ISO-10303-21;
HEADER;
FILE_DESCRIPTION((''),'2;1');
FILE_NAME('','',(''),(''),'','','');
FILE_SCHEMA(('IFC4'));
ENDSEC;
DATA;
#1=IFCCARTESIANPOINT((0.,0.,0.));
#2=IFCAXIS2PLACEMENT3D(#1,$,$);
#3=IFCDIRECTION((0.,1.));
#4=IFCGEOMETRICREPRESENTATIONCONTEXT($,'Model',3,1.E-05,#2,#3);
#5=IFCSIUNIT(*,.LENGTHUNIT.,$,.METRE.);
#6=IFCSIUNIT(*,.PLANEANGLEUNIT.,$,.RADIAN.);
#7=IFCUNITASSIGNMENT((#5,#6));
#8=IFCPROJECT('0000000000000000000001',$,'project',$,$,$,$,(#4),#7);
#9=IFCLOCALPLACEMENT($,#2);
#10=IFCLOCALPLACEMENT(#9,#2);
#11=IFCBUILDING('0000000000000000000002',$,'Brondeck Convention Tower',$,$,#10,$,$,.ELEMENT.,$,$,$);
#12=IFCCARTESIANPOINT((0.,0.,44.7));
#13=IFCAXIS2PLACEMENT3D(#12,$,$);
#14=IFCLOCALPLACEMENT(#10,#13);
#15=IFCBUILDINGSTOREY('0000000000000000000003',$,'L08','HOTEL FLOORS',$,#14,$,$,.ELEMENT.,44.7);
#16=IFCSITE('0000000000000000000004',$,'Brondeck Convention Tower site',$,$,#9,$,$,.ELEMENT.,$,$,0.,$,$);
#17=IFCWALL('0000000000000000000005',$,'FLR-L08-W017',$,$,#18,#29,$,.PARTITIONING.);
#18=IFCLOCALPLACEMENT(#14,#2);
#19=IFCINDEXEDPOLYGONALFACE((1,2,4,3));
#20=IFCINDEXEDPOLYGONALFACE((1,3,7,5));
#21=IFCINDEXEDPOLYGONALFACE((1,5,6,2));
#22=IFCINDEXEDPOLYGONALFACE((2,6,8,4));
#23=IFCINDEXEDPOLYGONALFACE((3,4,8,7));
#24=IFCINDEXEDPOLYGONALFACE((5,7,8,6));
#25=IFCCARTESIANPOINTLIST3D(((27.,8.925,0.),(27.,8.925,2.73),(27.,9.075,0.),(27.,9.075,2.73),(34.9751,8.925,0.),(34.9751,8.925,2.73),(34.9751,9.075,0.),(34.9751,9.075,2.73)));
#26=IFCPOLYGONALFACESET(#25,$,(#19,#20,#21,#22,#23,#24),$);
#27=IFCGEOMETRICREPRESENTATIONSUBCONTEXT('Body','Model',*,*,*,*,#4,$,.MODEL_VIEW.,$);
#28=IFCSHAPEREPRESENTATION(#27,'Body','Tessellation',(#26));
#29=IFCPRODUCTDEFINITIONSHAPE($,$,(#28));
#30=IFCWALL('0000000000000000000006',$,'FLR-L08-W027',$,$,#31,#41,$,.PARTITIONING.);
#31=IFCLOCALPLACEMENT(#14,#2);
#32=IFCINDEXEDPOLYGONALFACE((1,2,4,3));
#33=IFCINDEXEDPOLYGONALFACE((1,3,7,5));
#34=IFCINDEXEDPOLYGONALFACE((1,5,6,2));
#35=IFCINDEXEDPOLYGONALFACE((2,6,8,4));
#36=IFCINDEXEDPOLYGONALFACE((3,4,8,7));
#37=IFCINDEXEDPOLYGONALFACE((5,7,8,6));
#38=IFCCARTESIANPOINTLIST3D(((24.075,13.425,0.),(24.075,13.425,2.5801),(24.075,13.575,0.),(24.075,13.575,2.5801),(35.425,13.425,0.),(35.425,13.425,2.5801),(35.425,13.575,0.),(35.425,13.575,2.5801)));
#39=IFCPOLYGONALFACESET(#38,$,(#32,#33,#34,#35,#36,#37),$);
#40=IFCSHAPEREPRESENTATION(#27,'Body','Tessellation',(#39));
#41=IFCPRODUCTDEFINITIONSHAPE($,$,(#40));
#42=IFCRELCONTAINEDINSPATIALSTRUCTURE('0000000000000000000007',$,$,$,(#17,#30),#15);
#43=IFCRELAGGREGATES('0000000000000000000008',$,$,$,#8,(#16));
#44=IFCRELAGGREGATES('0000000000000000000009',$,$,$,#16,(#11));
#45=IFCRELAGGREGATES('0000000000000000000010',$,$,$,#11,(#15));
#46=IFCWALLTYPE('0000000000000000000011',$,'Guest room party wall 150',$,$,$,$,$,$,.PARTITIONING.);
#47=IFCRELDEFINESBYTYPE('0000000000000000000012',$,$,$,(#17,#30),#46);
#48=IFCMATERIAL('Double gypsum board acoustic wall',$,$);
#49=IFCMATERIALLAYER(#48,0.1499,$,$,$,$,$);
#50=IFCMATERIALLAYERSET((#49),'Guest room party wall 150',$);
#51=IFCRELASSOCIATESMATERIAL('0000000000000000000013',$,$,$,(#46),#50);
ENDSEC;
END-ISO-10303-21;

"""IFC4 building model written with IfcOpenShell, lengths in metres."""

from ifc_helpers import new_model, si_unit, direction, frame, frame_2d, origin, place, context, subcontext, project, spatial, rectangle, extrude, material, layer, layer_set, type_object, element, save


model = new_model("IFC4")

# Units and contexts
model_context = context("Model", 3, precision=1e-05, world=origin(), true_north=direction((0.0, 1.0)))
body_context = subcontext(model_context, "Body", "Model", "MODEL_VIEW")
ifc_project = project(units=[si_unit("LENGTHUNIT", "METRE"), si_unit("PLANEANGLEUNIT", "RADIAN")], contexts=[model_context])

# Site, building, storey
site_placement = place(None, origin())
site = spatial("IfcSite", under=ifc_project, at=site_placement, Name="Brondeck Convention Tower site", CompositionType="ELEMENT", RefElevation=0.0)
building_placement = place(site_placement, origin())
building = spatial("IfcBuilding", under=site, at=building_placement, Name="Brondeck Convention Tower", CompositionType="ELEMENT")
storey_placement = place(building_placement, frame((0.0, 0.0, 44.7)))
storey = spatial("IfcBuildingStorey", under=building, at=storey_placement, Name="L08", Description="HOTEL FLOORS", CompositionType="ELEMENT", Elevation=44.7)

# Walls
ifc_material_1 = material(Name="Double gypsum board acoustic wall")
ifc_layer_1 = layer(ifc_material_1, 0.1499)
ifc_layer_set_1 = layer_set([ifc_layer_1], Name="Guest room party wall 150")
wall_type_1 = type_object("IfcWallType", Name="Guest room party wall 150", PredefinedType="PARTITIONING", material=ifc_layer_set_1)
wall_1_placement = place(storey_placement, frame((34.9751, 9.0, 0.0), z_axis=(0.0, 0.0, 1.0), x_axis=(-1.0, 0.0, 0.0)))
element("IfcWall", 1, at=wall_1_placement, inside=storey, type_object=wall_type_1, Name="FLR-L08-W017", PredefinedType="PARTITIONING", context=body_context, shape_type="SweptSolid", body=[
    extrude(rectangle(XDim=7.9751, YDim=0.1499, at=frame_2d((3.9875, 0.0))), origin(), (0.0, 0.0, 1.0), 2.73),
])
wall_2_placement = place(storey_placement, frame((35.425, 13.5, 0.0), z_axis=(0.0, 0.0, 1.0), x_axis=(-1.0, 0.0, 0.0)))
element("IfcWall", 2, at=wall_2_placement, inside=storey, type_object=wall_type_1, Name="FLR-L08-W027", PredefinedType="PARTITIONING", context=body_context, shape_type="SweptSolid", body=[
    extrude(rectangle(XDim=11.3501, YDim=0.1499, at=frame_2d((5.675, 0.0))), origin(), (0.0, 0.0, 1.0), 2.5801),
])

save(model, "model.ifc")
